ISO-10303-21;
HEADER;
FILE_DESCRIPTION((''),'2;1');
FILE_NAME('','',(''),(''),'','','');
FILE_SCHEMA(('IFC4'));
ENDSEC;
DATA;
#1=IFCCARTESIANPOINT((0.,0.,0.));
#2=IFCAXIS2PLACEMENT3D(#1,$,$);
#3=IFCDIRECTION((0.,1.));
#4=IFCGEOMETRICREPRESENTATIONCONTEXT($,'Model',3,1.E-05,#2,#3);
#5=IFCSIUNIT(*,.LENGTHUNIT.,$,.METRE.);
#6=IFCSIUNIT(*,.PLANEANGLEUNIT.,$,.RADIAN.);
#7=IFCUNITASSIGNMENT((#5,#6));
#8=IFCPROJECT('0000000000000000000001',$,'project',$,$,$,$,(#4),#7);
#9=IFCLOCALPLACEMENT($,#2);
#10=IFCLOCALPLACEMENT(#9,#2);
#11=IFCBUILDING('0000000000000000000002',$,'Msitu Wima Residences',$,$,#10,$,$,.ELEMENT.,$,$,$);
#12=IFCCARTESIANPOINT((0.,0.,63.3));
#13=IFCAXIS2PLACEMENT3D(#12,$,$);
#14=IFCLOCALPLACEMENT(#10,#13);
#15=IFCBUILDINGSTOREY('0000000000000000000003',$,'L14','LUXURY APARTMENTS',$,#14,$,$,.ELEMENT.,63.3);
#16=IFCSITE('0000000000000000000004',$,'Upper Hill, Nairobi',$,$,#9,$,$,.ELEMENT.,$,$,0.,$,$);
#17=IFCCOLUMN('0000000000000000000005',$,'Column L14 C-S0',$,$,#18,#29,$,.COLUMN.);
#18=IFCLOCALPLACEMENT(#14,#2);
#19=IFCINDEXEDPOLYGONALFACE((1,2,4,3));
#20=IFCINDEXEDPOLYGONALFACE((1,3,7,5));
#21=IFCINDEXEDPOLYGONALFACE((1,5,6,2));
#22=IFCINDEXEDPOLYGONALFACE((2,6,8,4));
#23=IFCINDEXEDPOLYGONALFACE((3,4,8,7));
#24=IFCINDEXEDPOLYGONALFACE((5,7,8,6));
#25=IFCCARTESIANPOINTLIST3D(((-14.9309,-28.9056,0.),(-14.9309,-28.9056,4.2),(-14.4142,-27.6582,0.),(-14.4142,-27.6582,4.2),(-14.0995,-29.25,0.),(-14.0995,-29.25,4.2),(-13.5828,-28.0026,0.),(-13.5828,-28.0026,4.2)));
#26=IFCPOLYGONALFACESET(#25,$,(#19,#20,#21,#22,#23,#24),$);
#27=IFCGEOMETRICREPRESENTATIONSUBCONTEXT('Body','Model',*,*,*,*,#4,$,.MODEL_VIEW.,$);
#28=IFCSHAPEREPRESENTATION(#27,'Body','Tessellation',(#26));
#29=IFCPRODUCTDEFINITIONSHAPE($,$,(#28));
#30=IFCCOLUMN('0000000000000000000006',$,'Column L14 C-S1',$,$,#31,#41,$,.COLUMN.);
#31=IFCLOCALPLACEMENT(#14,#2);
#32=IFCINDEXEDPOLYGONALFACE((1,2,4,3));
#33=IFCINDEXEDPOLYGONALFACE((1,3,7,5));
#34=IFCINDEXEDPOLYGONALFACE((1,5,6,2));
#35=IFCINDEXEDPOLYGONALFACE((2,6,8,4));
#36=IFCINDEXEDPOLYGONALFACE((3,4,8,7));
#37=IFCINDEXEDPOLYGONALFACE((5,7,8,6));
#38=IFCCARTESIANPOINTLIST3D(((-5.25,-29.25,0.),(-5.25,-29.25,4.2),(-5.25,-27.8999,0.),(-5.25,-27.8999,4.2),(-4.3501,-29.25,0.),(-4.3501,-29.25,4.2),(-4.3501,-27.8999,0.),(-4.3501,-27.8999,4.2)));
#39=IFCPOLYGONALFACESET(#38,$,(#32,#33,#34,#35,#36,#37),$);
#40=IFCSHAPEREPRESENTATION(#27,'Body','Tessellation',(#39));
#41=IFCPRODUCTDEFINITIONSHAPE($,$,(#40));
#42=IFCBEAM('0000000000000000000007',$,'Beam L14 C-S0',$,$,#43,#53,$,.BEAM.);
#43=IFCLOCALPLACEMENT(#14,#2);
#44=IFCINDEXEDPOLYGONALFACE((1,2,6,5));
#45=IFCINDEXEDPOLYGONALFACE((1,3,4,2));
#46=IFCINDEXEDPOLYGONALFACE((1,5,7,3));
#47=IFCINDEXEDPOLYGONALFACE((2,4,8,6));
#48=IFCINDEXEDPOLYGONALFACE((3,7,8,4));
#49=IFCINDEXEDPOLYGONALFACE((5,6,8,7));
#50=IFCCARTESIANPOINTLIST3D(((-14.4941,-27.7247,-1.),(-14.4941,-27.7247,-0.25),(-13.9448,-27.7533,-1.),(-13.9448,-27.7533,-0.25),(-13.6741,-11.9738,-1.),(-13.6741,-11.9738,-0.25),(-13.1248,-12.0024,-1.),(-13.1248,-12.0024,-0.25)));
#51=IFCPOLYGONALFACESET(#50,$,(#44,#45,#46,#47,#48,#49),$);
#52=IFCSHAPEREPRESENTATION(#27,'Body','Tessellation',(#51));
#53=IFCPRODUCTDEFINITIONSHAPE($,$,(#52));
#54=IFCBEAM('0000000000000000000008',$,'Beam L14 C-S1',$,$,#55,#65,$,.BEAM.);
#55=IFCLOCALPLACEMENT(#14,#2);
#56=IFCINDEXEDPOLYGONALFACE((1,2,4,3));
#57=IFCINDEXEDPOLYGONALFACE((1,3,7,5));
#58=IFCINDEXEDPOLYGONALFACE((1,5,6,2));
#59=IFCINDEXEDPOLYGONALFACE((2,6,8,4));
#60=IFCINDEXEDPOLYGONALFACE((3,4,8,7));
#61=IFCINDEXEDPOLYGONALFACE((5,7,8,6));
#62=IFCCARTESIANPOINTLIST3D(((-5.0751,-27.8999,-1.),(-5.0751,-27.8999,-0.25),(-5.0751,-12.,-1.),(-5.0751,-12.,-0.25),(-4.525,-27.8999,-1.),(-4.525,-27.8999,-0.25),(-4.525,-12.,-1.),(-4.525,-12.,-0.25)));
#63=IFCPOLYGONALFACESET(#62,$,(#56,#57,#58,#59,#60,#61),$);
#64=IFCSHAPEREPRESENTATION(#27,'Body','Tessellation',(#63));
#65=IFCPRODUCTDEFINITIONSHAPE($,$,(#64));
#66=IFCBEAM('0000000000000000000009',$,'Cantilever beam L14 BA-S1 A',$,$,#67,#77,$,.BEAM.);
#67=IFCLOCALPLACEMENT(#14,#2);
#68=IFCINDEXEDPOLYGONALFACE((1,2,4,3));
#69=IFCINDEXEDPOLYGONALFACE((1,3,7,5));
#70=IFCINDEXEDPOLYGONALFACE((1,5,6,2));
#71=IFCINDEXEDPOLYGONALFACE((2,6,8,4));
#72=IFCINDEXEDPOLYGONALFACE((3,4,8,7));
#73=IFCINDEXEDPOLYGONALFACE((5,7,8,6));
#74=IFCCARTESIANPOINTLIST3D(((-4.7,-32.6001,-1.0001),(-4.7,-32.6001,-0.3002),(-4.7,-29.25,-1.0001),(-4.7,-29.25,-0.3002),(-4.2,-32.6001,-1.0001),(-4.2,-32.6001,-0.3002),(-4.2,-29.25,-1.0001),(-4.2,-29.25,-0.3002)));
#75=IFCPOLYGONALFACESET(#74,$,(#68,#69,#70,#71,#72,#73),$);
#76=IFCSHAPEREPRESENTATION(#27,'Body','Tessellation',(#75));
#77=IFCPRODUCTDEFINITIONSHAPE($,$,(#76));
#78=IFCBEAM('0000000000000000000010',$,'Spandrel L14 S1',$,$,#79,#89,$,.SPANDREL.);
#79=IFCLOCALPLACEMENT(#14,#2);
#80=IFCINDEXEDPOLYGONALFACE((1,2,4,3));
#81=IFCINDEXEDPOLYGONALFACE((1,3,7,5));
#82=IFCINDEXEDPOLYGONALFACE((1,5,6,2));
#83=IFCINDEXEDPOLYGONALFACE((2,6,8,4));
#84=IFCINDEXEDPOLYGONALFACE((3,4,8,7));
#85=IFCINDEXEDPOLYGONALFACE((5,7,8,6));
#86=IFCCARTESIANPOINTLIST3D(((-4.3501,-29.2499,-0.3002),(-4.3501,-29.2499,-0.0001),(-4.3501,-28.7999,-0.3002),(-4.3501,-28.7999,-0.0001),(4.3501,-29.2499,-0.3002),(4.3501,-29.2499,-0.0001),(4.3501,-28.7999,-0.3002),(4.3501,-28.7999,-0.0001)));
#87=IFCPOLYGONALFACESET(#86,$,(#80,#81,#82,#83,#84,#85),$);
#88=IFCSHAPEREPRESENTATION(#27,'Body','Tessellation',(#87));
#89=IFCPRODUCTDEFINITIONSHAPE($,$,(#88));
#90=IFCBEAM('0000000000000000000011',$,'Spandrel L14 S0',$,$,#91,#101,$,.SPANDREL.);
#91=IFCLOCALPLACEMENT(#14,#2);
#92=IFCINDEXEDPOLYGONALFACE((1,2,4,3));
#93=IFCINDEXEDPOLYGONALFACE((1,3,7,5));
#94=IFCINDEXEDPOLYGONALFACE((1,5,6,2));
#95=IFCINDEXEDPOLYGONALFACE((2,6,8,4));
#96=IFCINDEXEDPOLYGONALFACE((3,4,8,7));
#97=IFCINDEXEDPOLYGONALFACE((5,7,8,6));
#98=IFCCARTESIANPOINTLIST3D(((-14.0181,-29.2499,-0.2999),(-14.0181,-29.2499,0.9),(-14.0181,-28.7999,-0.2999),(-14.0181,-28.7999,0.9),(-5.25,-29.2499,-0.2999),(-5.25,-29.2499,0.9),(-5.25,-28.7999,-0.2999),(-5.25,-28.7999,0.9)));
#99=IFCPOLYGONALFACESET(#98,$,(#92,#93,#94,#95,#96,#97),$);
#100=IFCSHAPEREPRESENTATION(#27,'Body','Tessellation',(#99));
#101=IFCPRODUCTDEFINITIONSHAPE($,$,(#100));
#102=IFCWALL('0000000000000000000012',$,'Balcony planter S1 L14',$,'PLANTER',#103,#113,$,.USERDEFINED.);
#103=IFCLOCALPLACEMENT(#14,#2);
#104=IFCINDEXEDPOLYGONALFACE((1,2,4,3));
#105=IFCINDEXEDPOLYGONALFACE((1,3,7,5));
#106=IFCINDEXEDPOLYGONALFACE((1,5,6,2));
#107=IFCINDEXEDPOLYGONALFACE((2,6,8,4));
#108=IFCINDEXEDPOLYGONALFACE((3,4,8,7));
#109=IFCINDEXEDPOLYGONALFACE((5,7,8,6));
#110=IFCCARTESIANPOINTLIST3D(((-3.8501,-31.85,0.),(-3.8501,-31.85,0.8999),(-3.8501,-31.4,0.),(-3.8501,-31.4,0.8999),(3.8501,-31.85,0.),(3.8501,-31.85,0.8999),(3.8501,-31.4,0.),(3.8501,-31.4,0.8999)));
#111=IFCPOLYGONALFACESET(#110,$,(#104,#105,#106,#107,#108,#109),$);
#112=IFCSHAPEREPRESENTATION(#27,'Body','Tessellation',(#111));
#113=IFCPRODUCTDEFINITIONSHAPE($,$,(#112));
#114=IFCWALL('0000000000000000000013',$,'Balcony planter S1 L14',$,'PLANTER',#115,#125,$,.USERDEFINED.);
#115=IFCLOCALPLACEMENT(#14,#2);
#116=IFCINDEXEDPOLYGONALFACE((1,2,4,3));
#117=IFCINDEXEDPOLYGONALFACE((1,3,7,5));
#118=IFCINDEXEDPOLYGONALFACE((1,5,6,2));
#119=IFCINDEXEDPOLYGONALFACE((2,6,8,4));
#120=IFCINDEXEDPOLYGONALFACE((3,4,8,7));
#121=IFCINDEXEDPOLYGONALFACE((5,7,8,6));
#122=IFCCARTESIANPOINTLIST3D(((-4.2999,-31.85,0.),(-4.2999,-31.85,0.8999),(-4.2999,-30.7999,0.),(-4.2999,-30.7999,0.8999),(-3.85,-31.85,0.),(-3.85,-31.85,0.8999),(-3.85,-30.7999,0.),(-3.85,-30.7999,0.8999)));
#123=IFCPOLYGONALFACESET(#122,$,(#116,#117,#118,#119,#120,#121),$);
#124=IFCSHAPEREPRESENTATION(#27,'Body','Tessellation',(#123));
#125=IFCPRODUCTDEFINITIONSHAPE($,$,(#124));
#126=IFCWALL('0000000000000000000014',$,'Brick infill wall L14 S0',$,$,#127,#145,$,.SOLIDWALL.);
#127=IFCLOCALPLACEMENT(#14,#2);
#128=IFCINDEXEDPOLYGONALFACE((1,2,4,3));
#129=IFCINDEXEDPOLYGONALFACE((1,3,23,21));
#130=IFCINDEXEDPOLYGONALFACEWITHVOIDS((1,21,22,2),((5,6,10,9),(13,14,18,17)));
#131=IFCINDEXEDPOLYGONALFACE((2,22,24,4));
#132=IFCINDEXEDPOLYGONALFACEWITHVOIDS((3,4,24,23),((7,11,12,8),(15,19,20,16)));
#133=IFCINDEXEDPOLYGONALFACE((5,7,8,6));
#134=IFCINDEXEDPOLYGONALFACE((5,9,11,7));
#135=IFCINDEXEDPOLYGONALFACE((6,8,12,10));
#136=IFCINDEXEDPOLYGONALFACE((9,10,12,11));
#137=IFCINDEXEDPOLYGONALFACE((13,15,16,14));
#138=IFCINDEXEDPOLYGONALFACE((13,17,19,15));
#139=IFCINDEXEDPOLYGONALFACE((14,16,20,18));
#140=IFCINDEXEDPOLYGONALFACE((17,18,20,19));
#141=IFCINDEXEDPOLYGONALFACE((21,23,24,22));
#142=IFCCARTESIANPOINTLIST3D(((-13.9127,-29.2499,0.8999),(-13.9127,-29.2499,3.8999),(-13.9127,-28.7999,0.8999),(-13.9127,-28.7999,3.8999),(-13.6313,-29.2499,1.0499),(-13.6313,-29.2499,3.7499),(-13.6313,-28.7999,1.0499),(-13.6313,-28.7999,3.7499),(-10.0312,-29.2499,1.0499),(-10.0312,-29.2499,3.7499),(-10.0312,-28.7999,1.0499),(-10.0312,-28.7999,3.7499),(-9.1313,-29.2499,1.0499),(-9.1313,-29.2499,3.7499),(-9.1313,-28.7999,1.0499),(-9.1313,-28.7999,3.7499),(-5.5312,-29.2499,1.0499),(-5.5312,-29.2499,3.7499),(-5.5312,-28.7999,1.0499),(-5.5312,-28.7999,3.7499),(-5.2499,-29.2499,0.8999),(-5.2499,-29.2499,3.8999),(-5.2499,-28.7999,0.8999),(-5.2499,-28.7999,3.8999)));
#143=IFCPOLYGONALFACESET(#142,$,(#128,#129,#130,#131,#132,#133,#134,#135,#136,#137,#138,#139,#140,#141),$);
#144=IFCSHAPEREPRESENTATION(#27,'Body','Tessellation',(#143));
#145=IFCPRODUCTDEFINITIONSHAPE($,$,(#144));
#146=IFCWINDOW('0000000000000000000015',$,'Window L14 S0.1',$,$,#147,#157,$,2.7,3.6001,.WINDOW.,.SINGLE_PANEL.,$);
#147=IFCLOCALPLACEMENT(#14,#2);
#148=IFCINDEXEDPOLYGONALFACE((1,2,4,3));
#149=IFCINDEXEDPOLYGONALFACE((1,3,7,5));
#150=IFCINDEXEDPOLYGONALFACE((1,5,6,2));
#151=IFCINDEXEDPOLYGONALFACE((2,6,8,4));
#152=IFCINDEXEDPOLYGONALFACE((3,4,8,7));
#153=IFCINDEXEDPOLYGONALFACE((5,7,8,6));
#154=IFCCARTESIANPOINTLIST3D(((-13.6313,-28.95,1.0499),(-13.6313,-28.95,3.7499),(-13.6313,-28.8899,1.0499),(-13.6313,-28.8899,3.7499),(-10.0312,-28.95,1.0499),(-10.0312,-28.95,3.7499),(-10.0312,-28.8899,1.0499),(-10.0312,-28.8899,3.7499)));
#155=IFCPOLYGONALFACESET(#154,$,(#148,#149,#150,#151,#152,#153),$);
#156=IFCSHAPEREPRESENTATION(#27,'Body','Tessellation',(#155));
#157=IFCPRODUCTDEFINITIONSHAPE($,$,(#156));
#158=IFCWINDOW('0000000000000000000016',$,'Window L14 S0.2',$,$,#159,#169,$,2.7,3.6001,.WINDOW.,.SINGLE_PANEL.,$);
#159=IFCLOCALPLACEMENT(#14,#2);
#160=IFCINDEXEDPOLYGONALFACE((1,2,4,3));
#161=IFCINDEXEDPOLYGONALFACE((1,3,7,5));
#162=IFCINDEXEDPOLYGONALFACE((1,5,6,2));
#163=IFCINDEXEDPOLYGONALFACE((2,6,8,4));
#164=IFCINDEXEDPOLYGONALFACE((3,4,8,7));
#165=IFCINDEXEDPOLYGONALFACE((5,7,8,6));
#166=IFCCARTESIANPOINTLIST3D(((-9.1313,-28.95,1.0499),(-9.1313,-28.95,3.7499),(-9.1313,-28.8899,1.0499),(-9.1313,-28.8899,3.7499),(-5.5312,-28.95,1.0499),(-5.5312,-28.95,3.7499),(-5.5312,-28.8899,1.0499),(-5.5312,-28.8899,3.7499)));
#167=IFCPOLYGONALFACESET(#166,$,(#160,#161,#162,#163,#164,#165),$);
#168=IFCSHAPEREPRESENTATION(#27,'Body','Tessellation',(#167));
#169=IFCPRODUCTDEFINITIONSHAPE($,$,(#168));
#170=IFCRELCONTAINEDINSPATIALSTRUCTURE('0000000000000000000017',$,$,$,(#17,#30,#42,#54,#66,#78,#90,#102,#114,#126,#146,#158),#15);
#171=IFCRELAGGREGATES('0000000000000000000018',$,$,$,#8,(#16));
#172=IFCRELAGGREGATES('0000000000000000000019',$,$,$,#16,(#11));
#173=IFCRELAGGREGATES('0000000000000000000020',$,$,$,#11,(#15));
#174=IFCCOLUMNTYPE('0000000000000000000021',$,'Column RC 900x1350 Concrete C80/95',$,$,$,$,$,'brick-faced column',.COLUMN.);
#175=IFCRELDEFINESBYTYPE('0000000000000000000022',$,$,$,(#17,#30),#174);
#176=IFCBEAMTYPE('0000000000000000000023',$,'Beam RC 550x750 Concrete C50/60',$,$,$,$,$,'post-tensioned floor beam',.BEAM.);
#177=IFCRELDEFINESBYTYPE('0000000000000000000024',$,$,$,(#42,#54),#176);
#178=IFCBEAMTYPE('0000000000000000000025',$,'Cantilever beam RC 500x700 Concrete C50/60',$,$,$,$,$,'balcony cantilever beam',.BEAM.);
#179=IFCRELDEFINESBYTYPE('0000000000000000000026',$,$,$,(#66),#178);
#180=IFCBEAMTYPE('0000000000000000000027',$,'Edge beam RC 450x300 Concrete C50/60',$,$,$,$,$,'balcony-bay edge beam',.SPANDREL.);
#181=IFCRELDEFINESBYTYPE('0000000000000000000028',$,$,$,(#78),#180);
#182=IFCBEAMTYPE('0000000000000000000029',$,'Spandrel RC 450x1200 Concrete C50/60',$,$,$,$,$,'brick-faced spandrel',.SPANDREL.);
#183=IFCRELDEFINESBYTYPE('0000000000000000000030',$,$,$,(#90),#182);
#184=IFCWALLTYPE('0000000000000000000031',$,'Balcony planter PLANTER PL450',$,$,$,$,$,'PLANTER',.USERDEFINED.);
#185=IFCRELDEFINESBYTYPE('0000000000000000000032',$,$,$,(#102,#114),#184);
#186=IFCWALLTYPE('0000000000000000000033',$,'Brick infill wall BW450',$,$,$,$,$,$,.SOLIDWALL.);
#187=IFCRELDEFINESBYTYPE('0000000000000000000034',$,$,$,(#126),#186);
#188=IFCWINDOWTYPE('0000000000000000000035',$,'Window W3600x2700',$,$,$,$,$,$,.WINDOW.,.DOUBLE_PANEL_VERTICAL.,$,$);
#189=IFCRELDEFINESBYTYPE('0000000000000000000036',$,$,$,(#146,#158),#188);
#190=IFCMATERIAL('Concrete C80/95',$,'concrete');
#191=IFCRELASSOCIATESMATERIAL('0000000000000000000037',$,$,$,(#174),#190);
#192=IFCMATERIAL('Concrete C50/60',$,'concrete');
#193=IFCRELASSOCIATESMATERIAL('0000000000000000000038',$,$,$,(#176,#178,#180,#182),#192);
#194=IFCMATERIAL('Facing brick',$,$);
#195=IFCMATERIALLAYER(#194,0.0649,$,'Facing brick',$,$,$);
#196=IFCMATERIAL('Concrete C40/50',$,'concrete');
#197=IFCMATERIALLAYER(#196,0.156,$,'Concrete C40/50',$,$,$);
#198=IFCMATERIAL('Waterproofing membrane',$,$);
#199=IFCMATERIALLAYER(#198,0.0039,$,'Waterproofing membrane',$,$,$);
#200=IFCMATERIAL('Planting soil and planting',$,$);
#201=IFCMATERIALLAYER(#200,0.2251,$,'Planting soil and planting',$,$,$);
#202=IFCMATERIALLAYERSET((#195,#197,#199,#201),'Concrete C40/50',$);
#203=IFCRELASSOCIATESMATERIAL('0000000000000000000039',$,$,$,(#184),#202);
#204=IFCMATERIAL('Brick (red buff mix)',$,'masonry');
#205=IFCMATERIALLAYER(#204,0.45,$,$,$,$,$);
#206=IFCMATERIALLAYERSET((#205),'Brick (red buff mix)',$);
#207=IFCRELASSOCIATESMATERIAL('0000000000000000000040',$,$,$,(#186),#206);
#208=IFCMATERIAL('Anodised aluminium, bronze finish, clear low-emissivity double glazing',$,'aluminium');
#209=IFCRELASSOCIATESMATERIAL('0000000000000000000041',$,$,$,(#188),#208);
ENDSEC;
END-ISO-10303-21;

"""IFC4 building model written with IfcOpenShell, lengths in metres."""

from ifc_helpers import new_model, si_unit, direction, frame, frame_2d, origin, origin_2d, place, context, subcontext, project, spatial, rectangle, extrude, material, layer, layer_set, material_profile, profile_set, type_object, element, fill, save


model = new_model("IFC4")

# Units and contexts
model_context = context("Model", 3, precision=1e-05, world=origin(), true_north=direction((0.0, 1.0)))
body_context = subcontext(model_context, "Body", "Model", "MODEL_VIEW")
ifc_project = project(units=[si_unit("LENGTHUNIT", "METRE"), si_unit("PLANEANGLEUNIT", "RADIAN")], contexts=[model_context])

# Site, building, storey
site_placement = place(None, origin())
site = spatial("IfcSite", under=ifc_project, at=site_placement, Name="Upper Hill, Nairobi", CompositionType="ELEMENT", RefElevation=0.0)
building_placement = place(site_placement, origin())
building = spatial("IfcBuilding", under=site, at=building_placement, Name="Msitu Wima Residences", CompositionType="ELEMENT")
storey_placement = place(building_placement, frame((0.0, 0.0, 63.3)))
storey = spatial("IfcBuildingStorey", under=building, at=storey_placement, Name="L14", Description="LUXURY APARTMENTS", CompositionType="ELEMENT", Elevation=63.3)

# Columns
ifc_material_1 = material(Name="Concrete C80/95", Category="concrete")
ifc_material_profile_1 = material_profile(ifc_material_1, rectangle(XDim=0.8999, YDim=1.3501, at=origin_2d()), Name="RC 900x1350")
ifc_profile_set_1 = profile_set([ifc_material_profile_1], Name="Concrete C80/95")
column_type = type_object("IfcColumnType", Name="Column RC 900x1350 Concrete C80/95", ElementType="brick-faced column", PredefinedType="COLUMN", material=ifc_profile_set_1)
for number, where, z_axis, x_axis, name in (
    (1, (-14.2568, -28.4541, 0.0), (0.0, 0.0, 1.0), (0.92388, -0.382683, 0.0), "Column L14 C-S0"),
    (2, (-4.8, -28.575, 0.0), (0.0, 0.0, 1.0), (1.0, 0.0, 0.0), "Column L14 C-S1"),
):
    element("IfcColumn", number, at=place(storey_placement, frame(where, z_axis=z_axis, x_axis=x_axis)), inside=storey, type_object=column_type, Name=name, PredefinedType="COLUMN", context=body_context, shape_type="SweptSolid", body=[
        extrude(rectangle(XDim=0.8999, YDim=1.3501, at=origin_2d()), origin(), (0.0, 0.0, 1.0), 4.2),
    ])

# Beams
ifc_material_2 = material(Name="Concrete C50/60", Category="concrete")
ifc_material_profile_2 = material_profile(ifc_material_2, rectangle(XDim=0.55, YDim=0.75, at=origin_2d()), Name="RC 550x750")
ifc_profile_set_2 = profile_set([ifc_material_profile_2], Name="Concrete C50/60")
beam_type_1 = type_object("IfcBeamType", Name="Beam RC 550x750 Concrete C50/60", ElementType="post-tensioned floor beam", PredefinedType="BEAM", material=ifc_profile_set_2)
beam_1_placement = place(storey_placement, frame((-14.2195, -27.739, -0.625), z_axis=(0.051994, 0.998647, 0.0), x_axis=(-0.998647, 0.051994, 0.0)))
element("IfcBeam", 3, at=beam_1_placement, inside=storey, type_object=beam_type_1, Name="Beam L14 C-S0", PredefinedType="BEAM", context=body_context, shape_type="SweptSolid", body=[
    extrude(rectangle(XDim=0.55, YDim=0.75, at=origin_2d()), origin(), (0.0, 0.0, 1.0), 15.7722),
])
beam_2_placement = place(storey_placement, frame((-4.8, -27.8999, -0.625), z_axis=(0.0, 1.0, 0.0), x_axis=(-1.0, 0.0, 0.0)))
element("IfcBeam", 4, at=beam_2_placement, inside=storey, type_object=beam_type_1, Name="Beam L14 C-S1", PredefinedType="BEAM", context=body_context, shape_type="SweptSolid", body=[
    extrude(rectangle(XDim=0.55, YDim=0.75, at=origin_2d()), origin(), (0.0, 0.0, 1.0), 15.8999),
])
ifc_material_profile_3 = material_profile(ifc_material_2, rectangle(XDim=0.5, YDim=0.7, at=origin_2d()), Name="RC 500x700")
ifc_profile_set_3 = profile_set([ifc_material_profile_3], Name="Concrete C50/60")
beam_type_2 = type_object("IfcBeamType", Name="Cantilever beam RC 500x700 Concrete C50/60", ElementType="balcony cantilever beam", PredefinedType="BEAM", material=ifc_profile_set_3)
beam_3_placement = place(storey_placement, frame((-4.45, -29.25, -0.6501), z_axis=(0.0, -1.0, 0.0), x_axis=(1.0, 0.0, 0.0)))
element("IfcBeam", 5, at=beam_3_placement, inside=storey, type_object=beam_type_2, Name="Cantilever beam L14 BA-S1 A", PredefinedType="BEAM", context=body_context, shape_type="SweptSolid", body=[
    extrude(rectangle(XDim=0.5, YDim=0.7, at=origin_2d()), origin(), (0.0, 0.0, 1.0), 3.3501),
])
ifc_material_profile_4 = material_profile(ifc_material_2, rectangle(XDim=0.45, YDim=0.3, at=origin_2d()), Name="RC 450x300")
ifc_profile_set_4 = profile_set([ifc_material_profile_4], Name="Concrete C50/60")
beam_type_3 = type_object("IfcBeamType", Name="Edge beam RC 450x300 Concrete C50/60", ElementType="balcony-bay edge beam", PredefinedType="SPANDREL", material=ifc_profile_set_4)
beam_4_placement = place(storey_placement, frame((-4.3501, -29.0249, -0.1501), z_axis=(1.0, 0.0, 0.0), x_axis=(0.0, 1.0, 0.0)))
element("IfcBeam", 6, at=beam_4_placement, inside=storey, type_object=beam_type_3, Name="Spandrel L14 S1", PredefinedType="SPANDREL", context=body_context, shape_type="SweptSolid", body=[
    extrude(rectangle(XDim=0.45, YDim=0.3, at=origin_2d()), origin(), (0.0, 0.0, 1.0), 8.7002),
])
ifc_material_profile_5 = material_profile(ifc_material_2, rectangle(XDim=0.45, YDim=1.2, at=origin_2d()), Name="RC 450x1200")
ifc_profile_set_5 = profile_set([ifc_material_profile_5], Name="Concrete C50/60")
beam_type_4 = type_object("IfcBeamType", Name="Spandrel RC 450x1200 Concrete C50/60", ElementType="brick-faced spandrel", PredefinedType="SPANDREL", material=ifc_profile_set_5)
beam_5_placement = place(storey_placement, frame((-14.0181, -29.0249, 0.3), z_axis=(1.0, 0.0, 0.0), x_axis=(0.0, 1.0, 0.0)))
element("IfcBeam", 7, at=beam_5_placement, inside=storey, type_object=beam_type_4, Name="Spandrel L14 S0", PredefinedType="SPANDREL", context=body_context, shape_type="SweptSolid", body=[
    extrude(rectangle(XDim=0.45, YDim=1.2, at=origin_2d()), origin(), (0.0, 0.0, 1.0), 8.7681),
])

# Walls
ifc_material_3 = material(Name="Facing brick")
ifc_layer_1 = layer(ifc_material_3, 0.0649, Name="Facing brick")
ifc_material_4 = material(Name="Concrete C40/50", Category="concrete")
ifc_layer_2 = layer(ifc_material_4, 0.156, Name="Concrete C40/50")
ifc_material_5 = material(Name="Waterproofing membrane")
ifc_layer_3 = layer(ifc_material_5, 0.0039, Name="Waterproofing membrane")
ifc_material_6 = material(Name="Planting soil and planting")
ifc_layer_4 = layer(ifc_material_6, 0.2251, Name="Planting soil and planting")
ifc_layer_set_1 = layer_set([ifc_layer_1, ifc_layer_2, ifc_layer_3, ifc_layer_4], Name="Concrete C40/50")
wall_type_1 = type_object("IfcWallType", Name="Balcony planter PLANTER PL450", ElementType="PLANTER", PredefinedType="USERDEFINED", material=ifc_layer_set_1)
wall_1_placement = place(storey_placement, frame((-3.8501, -31.625, 0.0), z_axis=(0.0, 0.0, 1.0), x_axis=(1.0, 0.0, 0.0)))
element("IfcWall", 8, at=wall_1_placement, inside=storey, type_object=wall_type_1, Name="Balcony planter S1 L14", ObjectType="PLANTER", PredefinedType="USERDEFINED", context=body_context, shape_type="SweptSolid", body=[
    extrude(rectangle(XDim=7.7002, YDim=0.45, at=frame_2d((3.8501, 0.0))), origin(), (0.0, 0.0, 1.0), 0.8999),
])
wall_2_placement = place(storey_placement, frame((-4.075, -30.8, 0.0), z_axis=(0.0, 0.0, 1.0), x_axis=(0.0, -1.0, 0.0)))
element("IfcWall", 9, at=wall_2_placement, inside=storey, type_object=wall_type_1, Name="Balcony planter S1 L14", ObjectType="PLANTER", PredefinedType="USERDEFINED", context=body_context, shape_type="SweptSolid", body=[
    extrude(rectangle(XDim=1.05, YDim=0.45, at=frame_2d((0.5249, 0.0))), origin(), (0.0, 0.0, 1.0), 0.8999),
])

# Wall, openings, windows
ifc_material_7 = material(Name="Brick (red buff mix)", Category="masonry")
ifc_layer_5 = layer(ifc_material_7, 0.45)
ifc_layer_set_2 = layer_set([ifc_layer_5], Name="Brick (red buff mix)")
wall_type_2 = type_object("IfcWallType", Name="Brick infill wall BW450", PredefinedType="SOLIDWALL", material=ifc_layer_set_2)
wall_3_placement = place(storey_placement, frame((-13.9128, -29.0249, 0.8999), z_axis=(0.0, 0.0, 1.0), x_axis=(1.0, 0.0, 0.0)))
wall_3 = element("IfcWall", 10, at=wall_3_placement, inside=storey, type_object=wall_type_2, Name="Brick infill wall L14 S0", PredefinedType="SOLIDWALL", context=body_context, shape_type="SweptSolid", body=[
    extrude(rectangle(XDim=8.6628, YDim=0.45, at=frame_2d((4.3315, 0.0))), origin(), (0.0, 0.0, 1.0), 3.0),
])
opening_1_placement = place(wall_3_placement, frame((0.2815, 0.0, 0.1499)))
opening_1 = element("IfcOpeningElement", 11, at=opening_1_placement, cuts=wall_3, PredefinedType="OPENING", context=body_context, shape_type="SweptSolid", body=[
    extrude(rectangle(XDim=3.6001, YDim=2.7, at=frame_2d((1.8, 1.3501))), frame((0.0, 0.2349, 0.0), z_axis=(0.0, -1.0, 0.0), x_axis=(1.0, 0.0, 0.0)), (0.0, 0.0, 1.0), 0.47),
])
opening_2_placement = place(wall_3_placement, frame((4.7815, 0.0, 0.1499)))
opening_2 = element("IfcOpeningElement", 12, at=opening_2_placement, cuts=wall_3, PredefinedType="OPENING", context=body_context, shape_type="SweptSolid", body=[
    extrude(rectangle(XDim=3.6001, YDim=2.7, at=frame_2d((1.8, 1.3501))), frame((0.0, 0.2349, 0.0), z_axis=(0.0, -1.0, 0.0), x_axis=(1.0, 0.0, 0.0)), (0.0, 0.0, 1.0), 0.47),
])
ifc_material_8 = material(Name="Anodised aluminium, bronze finish, clear low-emissivity double glazing", Category="aluminium")
window_type = type_object("IfcWindowType", Name="Window W3600x2700", PartitioningType="DOUBLE_PANEL_VERTICAL", PredefinedType="WINDOW", material=ifc_material_8)
window_1_placement = place(opening_1_placement, origin())
window_1 = element("IfcWindow", 13, at=window_1_placement, inside=storey, type_object=window_type, Name="Window L14 S0.1", OverallHeight=2.7, OverallWidth=3.6001, PartitioningType="SINGLE_PANEL", PredefinedType="WINDOW", context=body_context, shape_type="SweptSolid", body=[
    extrude(rectangle(XDim=3.6001, YDim=2.7, at=frame_2d((1.8, 1.3501))), frame((0.0, 0.135, 0.0), z_axis=(0.0, -1.0, 0.0), x_axis=(1.0, 0.0, 0.0)), (0.0, 0.0, 1.0), 0.0601),
])
fill(opening_1, window_1)
window_2_placement = place(opening_2_placement, origin())
window_2 = element("IfcWindow", 14, at=window_2_placement, inside=storey, type_object=window_type, Name="Window L14 S0.2", OverallHeight=2.7, OverallWidth=3.6001, PartitioningType="SINGLE_PANEL", PredefinedType="WINDOW", context=body_context, shape_type="SweptSolid", body=[
    extrude(rectangle(XDim=3.6001, YDim=2.7, at=frame_2d((1.8, 1.3501))), frame((0.0, 0.135, 0.0), z_axis=(0.0, -1.0, 0.0), x_axis=(1.0, 0.0, 0.0)), (0.0, 0.0, 1.0), 0.0601),
])
fill(opening_2, window_2)

save(model, "model.ifc")
